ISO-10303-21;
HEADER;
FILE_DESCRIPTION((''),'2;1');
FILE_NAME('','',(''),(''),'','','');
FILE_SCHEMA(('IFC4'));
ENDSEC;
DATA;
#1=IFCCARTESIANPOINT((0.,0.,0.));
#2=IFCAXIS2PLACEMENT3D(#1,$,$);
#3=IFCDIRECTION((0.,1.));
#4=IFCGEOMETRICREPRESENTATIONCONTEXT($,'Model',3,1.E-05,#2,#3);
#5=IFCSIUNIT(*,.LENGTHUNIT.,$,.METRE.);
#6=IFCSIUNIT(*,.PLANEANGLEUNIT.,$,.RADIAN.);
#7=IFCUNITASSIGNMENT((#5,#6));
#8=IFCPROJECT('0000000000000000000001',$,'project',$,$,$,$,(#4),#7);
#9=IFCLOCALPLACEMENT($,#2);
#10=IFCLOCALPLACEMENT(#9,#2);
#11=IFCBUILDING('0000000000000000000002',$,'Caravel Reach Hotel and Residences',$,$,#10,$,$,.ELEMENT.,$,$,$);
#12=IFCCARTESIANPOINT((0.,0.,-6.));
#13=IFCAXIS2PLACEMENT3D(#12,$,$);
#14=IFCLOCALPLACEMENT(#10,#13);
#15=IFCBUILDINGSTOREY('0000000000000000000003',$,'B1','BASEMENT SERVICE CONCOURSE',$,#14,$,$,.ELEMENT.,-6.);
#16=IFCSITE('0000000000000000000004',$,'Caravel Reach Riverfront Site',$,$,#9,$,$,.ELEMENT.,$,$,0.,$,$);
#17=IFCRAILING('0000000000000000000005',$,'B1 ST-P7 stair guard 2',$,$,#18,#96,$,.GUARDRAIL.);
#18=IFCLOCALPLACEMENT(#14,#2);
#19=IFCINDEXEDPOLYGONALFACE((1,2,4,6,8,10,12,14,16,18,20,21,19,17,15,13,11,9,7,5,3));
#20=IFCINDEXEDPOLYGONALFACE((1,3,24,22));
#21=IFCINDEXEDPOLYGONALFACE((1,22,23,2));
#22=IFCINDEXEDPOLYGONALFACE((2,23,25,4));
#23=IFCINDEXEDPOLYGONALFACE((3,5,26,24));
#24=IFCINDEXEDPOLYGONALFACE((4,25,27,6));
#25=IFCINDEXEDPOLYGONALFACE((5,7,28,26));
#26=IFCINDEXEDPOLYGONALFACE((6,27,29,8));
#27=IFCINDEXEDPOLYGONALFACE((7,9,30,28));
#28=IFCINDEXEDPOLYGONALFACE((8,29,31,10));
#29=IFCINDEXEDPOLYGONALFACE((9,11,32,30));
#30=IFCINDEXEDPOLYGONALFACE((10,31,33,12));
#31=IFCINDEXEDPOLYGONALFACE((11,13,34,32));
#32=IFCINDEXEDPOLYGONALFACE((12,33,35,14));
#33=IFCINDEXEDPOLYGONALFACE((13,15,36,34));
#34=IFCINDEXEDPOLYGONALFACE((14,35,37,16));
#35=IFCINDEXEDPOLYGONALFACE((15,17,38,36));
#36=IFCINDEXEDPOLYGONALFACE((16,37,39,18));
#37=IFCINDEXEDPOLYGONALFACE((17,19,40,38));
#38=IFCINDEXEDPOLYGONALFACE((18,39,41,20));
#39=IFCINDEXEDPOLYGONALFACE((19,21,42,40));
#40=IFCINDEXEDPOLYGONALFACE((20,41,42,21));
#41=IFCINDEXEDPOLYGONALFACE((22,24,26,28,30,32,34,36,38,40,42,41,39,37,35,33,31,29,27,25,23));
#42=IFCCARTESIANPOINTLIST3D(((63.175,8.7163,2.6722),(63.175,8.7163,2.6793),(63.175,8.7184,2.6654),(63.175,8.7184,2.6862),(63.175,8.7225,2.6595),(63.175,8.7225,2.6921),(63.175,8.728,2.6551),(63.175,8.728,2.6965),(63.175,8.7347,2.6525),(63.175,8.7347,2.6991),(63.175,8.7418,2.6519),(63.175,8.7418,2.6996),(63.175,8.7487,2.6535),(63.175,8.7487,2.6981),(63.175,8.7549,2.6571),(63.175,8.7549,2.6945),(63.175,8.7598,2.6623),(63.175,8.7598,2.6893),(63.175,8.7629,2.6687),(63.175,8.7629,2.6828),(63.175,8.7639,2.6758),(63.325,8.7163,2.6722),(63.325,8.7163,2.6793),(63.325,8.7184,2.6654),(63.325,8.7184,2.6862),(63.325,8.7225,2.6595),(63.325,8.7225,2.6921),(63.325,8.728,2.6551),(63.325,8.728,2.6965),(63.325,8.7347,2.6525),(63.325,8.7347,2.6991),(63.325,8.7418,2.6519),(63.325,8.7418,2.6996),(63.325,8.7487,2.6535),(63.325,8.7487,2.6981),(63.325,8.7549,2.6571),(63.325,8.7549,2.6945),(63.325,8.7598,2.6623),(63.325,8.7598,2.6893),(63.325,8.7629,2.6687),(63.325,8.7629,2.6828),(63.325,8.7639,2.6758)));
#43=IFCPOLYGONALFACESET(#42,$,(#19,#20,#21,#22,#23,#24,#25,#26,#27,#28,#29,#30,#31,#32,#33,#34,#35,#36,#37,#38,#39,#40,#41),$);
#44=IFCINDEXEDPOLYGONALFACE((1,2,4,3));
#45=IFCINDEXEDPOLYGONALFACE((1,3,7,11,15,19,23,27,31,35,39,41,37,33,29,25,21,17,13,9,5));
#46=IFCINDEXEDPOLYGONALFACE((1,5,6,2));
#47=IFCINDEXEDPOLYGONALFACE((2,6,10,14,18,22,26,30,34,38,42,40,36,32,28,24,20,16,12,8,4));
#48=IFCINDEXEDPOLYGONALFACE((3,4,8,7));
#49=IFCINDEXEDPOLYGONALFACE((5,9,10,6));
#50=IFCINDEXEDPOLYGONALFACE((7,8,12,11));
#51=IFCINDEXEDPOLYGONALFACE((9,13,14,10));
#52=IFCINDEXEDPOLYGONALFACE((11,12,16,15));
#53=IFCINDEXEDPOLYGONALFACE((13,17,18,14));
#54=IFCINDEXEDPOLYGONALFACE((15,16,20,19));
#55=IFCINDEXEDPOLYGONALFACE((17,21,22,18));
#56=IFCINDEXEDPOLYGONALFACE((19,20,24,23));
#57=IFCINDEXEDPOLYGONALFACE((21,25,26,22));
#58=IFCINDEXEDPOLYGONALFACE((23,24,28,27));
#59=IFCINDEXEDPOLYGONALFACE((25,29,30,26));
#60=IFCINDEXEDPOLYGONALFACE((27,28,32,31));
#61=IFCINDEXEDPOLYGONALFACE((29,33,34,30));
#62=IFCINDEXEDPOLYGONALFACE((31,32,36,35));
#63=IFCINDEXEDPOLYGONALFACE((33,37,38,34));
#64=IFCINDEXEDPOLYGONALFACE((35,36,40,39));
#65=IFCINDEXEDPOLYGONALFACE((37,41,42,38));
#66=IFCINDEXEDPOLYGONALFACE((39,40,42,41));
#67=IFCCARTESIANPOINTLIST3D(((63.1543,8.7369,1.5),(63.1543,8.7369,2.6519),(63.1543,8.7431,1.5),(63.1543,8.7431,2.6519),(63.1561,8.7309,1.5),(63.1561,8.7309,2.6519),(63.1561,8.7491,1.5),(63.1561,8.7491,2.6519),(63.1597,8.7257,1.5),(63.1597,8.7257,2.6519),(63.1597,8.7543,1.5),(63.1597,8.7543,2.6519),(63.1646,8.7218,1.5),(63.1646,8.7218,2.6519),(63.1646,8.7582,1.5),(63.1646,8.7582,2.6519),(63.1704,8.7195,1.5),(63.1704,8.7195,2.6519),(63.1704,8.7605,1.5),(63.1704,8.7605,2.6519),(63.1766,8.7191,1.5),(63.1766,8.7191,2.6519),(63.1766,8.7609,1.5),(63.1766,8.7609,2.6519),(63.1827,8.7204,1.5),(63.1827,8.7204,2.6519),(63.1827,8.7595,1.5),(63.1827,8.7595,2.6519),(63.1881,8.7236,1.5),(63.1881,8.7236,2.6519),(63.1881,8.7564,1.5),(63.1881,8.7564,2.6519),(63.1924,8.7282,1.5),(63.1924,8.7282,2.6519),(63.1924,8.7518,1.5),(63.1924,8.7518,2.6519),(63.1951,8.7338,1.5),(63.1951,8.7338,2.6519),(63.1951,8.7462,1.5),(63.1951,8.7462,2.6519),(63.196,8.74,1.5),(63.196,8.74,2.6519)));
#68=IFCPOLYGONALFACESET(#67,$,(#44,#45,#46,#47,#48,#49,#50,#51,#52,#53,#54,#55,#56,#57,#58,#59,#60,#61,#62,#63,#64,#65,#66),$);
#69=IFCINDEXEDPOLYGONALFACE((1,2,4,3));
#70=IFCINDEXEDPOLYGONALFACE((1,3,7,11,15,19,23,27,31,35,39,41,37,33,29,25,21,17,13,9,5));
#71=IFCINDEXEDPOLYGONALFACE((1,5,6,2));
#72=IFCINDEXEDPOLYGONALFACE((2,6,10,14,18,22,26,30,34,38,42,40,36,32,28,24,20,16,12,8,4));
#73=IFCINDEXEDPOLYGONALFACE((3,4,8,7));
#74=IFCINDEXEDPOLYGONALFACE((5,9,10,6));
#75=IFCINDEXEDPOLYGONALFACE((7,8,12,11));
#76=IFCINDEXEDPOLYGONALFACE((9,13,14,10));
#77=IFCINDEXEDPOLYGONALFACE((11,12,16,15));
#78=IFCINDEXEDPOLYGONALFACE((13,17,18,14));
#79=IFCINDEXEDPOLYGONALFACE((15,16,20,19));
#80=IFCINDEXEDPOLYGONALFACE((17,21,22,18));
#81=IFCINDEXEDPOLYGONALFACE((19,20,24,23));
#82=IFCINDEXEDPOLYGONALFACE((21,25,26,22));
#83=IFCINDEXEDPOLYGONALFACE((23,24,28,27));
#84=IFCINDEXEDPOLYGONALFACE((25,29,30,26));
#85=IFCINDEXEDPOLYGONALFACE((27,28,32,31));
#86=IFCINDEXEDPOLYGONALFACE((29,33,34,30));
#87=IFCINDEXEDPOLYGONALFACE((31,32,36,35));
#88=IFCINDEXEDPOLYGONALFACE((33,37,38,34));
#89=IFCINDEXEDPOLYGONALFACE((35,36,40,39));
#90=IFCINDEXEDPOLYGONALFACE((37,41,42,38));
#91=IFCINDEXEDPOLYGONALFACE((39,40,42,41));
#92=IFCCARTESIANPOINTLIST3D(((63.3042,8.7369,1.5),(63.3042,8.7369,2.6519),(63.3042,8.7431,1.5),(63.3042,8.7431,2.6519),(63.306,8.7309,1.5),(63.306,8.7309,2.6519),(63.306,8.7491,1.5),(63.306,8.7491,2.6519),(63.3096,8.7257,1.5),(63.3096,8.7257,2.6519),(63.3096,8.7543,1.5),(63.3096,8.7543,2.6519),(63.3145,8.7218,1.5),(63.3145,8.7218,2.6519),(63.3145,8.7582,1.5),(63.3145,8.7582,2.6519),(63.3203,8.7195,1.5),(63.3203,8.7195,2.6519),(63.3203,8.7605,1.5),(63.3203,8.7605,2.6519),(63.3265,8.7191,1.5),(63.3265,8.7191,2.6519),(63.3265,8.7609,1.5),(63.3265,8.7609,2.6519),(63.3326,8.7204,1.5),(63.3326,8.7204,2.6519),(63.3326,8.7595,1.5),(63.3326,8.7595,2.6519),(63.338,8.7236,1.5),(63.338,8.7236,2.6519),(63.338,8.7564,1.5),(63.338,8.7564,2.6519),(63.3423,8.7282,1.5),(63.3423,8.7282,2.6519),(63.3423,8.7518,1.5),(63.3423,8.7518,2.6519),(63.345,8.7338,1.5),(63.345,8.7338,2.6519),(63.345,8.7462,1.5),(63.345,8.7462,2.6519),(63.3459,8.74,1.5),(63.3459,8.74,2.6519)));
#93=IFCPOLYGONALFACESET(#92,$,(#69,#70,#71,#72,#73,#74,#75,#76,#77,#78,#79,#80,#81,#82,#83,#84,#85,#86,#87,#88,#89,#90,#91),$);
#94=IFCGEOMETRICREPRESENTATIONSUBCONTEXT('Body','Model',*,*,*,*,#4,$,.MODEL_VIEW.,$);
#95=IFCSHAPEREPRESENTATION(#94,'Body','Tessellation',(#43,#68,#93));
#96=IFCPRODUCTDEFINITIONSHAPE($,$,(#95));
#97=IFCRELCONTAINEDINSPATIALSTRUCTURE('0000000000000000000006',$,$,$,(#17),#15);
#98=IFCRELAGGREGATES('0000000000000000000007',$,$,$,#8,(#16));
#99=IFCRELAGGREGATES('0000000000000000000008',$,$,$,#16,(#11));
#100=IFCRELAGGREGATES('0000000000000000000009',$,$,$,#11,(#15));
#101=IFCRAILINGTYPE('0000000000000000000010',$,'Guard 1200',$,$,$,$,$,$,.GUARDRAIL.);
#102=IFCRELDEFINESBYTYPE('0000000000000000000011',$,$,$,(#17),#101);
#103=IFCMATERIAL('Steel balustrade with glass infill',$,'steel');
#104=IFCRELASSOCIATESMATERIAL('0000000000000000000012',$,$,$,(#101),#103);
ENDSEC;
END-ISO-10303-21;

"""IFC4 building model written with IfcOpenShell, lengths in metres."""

from ifc_helpers import new_model, si_unit, direction, frame, origin, origin_2d, place, context, subcontext, project, spatial, circle, extrude, material, type_object, element, save


model = new_model("IFC4")

# Units and contexts
model_context = context("Model", 3, precision=1e-05, world=origin(), true_north=direction((0.0, 1.0)))
body_context = subcontext(model_context, "Body", "Model", "MODEL_VIEW")
ifc_project = project(units=[si_unit("LENGTHUNIT", "METRE"), si_unit("PLANEANGLEUNIT", "RADIAN")], contexts=[model_context])

# Site, building, storey
site_placement = place(None, origin())
site = spatial("IfcSite", under=ifc_project, at=site_placement, Name="Caravel Reach Riverfront Site", CompositionType="ELEMENT", RefElevation=0.0)
building_placement = place(site_placement, origin())
building = spatial("IfcBuilding", under=site, at=building_placement, Name="Caravel Reach Hotel and Residences", CompositionType="ELEMENT")
storey_placement = place(building_placement, frame((0.0, 0.0, -6.0)))
storey = spatial("IfcBuildingStorey", under=building, at=storey_placement, Name="B1", Description="BASEMENT SERVICE CONCOURSE", CompositionType="ELEMENT", Elevation=-6.0)

# Railing
ifc_material_1 = material(Name="Steel balustrade with glass infill", Category="steel")
railing_type_1 = type_object("IfcRailingType", Name="Guard 1200", PredefinedType="GUARDRAIL", material=ifc_material_1)
railing_1_placement = place(storey_placement, frame((63.175, 8.74, 1.5)))
element("IfcRailing", 1, at=railing_1_placement, inside=storey, type_object=railing_type_1, Name="B1 ST-P7 stair guard 2", PredefinedType="GUARDRAIL", context=body_context, shape_type="SweptSolid", body=[
    extrude(circle(Radius=0.0239, at=origin_2d()), frame((0.0, 0.0, 1.1758), z_axis=(1.0, 0.0, 0.0), x_axis=(0.0, 1.0, 0.0)), (0.0, 0.0, 1.0), 0.1499),
    extrude(circle(Radius=0.021, at=origin_2d()), origin(), (0.0, 0.0, 1.0), 1.1519),
    extrude(circle(Radius=0.021, at=origin_2d()), frame((0.1499, 0.0, 0.0)), (0.0, 0.0, 1.0), 1.1519),
])

save(model, "model.ifc")
